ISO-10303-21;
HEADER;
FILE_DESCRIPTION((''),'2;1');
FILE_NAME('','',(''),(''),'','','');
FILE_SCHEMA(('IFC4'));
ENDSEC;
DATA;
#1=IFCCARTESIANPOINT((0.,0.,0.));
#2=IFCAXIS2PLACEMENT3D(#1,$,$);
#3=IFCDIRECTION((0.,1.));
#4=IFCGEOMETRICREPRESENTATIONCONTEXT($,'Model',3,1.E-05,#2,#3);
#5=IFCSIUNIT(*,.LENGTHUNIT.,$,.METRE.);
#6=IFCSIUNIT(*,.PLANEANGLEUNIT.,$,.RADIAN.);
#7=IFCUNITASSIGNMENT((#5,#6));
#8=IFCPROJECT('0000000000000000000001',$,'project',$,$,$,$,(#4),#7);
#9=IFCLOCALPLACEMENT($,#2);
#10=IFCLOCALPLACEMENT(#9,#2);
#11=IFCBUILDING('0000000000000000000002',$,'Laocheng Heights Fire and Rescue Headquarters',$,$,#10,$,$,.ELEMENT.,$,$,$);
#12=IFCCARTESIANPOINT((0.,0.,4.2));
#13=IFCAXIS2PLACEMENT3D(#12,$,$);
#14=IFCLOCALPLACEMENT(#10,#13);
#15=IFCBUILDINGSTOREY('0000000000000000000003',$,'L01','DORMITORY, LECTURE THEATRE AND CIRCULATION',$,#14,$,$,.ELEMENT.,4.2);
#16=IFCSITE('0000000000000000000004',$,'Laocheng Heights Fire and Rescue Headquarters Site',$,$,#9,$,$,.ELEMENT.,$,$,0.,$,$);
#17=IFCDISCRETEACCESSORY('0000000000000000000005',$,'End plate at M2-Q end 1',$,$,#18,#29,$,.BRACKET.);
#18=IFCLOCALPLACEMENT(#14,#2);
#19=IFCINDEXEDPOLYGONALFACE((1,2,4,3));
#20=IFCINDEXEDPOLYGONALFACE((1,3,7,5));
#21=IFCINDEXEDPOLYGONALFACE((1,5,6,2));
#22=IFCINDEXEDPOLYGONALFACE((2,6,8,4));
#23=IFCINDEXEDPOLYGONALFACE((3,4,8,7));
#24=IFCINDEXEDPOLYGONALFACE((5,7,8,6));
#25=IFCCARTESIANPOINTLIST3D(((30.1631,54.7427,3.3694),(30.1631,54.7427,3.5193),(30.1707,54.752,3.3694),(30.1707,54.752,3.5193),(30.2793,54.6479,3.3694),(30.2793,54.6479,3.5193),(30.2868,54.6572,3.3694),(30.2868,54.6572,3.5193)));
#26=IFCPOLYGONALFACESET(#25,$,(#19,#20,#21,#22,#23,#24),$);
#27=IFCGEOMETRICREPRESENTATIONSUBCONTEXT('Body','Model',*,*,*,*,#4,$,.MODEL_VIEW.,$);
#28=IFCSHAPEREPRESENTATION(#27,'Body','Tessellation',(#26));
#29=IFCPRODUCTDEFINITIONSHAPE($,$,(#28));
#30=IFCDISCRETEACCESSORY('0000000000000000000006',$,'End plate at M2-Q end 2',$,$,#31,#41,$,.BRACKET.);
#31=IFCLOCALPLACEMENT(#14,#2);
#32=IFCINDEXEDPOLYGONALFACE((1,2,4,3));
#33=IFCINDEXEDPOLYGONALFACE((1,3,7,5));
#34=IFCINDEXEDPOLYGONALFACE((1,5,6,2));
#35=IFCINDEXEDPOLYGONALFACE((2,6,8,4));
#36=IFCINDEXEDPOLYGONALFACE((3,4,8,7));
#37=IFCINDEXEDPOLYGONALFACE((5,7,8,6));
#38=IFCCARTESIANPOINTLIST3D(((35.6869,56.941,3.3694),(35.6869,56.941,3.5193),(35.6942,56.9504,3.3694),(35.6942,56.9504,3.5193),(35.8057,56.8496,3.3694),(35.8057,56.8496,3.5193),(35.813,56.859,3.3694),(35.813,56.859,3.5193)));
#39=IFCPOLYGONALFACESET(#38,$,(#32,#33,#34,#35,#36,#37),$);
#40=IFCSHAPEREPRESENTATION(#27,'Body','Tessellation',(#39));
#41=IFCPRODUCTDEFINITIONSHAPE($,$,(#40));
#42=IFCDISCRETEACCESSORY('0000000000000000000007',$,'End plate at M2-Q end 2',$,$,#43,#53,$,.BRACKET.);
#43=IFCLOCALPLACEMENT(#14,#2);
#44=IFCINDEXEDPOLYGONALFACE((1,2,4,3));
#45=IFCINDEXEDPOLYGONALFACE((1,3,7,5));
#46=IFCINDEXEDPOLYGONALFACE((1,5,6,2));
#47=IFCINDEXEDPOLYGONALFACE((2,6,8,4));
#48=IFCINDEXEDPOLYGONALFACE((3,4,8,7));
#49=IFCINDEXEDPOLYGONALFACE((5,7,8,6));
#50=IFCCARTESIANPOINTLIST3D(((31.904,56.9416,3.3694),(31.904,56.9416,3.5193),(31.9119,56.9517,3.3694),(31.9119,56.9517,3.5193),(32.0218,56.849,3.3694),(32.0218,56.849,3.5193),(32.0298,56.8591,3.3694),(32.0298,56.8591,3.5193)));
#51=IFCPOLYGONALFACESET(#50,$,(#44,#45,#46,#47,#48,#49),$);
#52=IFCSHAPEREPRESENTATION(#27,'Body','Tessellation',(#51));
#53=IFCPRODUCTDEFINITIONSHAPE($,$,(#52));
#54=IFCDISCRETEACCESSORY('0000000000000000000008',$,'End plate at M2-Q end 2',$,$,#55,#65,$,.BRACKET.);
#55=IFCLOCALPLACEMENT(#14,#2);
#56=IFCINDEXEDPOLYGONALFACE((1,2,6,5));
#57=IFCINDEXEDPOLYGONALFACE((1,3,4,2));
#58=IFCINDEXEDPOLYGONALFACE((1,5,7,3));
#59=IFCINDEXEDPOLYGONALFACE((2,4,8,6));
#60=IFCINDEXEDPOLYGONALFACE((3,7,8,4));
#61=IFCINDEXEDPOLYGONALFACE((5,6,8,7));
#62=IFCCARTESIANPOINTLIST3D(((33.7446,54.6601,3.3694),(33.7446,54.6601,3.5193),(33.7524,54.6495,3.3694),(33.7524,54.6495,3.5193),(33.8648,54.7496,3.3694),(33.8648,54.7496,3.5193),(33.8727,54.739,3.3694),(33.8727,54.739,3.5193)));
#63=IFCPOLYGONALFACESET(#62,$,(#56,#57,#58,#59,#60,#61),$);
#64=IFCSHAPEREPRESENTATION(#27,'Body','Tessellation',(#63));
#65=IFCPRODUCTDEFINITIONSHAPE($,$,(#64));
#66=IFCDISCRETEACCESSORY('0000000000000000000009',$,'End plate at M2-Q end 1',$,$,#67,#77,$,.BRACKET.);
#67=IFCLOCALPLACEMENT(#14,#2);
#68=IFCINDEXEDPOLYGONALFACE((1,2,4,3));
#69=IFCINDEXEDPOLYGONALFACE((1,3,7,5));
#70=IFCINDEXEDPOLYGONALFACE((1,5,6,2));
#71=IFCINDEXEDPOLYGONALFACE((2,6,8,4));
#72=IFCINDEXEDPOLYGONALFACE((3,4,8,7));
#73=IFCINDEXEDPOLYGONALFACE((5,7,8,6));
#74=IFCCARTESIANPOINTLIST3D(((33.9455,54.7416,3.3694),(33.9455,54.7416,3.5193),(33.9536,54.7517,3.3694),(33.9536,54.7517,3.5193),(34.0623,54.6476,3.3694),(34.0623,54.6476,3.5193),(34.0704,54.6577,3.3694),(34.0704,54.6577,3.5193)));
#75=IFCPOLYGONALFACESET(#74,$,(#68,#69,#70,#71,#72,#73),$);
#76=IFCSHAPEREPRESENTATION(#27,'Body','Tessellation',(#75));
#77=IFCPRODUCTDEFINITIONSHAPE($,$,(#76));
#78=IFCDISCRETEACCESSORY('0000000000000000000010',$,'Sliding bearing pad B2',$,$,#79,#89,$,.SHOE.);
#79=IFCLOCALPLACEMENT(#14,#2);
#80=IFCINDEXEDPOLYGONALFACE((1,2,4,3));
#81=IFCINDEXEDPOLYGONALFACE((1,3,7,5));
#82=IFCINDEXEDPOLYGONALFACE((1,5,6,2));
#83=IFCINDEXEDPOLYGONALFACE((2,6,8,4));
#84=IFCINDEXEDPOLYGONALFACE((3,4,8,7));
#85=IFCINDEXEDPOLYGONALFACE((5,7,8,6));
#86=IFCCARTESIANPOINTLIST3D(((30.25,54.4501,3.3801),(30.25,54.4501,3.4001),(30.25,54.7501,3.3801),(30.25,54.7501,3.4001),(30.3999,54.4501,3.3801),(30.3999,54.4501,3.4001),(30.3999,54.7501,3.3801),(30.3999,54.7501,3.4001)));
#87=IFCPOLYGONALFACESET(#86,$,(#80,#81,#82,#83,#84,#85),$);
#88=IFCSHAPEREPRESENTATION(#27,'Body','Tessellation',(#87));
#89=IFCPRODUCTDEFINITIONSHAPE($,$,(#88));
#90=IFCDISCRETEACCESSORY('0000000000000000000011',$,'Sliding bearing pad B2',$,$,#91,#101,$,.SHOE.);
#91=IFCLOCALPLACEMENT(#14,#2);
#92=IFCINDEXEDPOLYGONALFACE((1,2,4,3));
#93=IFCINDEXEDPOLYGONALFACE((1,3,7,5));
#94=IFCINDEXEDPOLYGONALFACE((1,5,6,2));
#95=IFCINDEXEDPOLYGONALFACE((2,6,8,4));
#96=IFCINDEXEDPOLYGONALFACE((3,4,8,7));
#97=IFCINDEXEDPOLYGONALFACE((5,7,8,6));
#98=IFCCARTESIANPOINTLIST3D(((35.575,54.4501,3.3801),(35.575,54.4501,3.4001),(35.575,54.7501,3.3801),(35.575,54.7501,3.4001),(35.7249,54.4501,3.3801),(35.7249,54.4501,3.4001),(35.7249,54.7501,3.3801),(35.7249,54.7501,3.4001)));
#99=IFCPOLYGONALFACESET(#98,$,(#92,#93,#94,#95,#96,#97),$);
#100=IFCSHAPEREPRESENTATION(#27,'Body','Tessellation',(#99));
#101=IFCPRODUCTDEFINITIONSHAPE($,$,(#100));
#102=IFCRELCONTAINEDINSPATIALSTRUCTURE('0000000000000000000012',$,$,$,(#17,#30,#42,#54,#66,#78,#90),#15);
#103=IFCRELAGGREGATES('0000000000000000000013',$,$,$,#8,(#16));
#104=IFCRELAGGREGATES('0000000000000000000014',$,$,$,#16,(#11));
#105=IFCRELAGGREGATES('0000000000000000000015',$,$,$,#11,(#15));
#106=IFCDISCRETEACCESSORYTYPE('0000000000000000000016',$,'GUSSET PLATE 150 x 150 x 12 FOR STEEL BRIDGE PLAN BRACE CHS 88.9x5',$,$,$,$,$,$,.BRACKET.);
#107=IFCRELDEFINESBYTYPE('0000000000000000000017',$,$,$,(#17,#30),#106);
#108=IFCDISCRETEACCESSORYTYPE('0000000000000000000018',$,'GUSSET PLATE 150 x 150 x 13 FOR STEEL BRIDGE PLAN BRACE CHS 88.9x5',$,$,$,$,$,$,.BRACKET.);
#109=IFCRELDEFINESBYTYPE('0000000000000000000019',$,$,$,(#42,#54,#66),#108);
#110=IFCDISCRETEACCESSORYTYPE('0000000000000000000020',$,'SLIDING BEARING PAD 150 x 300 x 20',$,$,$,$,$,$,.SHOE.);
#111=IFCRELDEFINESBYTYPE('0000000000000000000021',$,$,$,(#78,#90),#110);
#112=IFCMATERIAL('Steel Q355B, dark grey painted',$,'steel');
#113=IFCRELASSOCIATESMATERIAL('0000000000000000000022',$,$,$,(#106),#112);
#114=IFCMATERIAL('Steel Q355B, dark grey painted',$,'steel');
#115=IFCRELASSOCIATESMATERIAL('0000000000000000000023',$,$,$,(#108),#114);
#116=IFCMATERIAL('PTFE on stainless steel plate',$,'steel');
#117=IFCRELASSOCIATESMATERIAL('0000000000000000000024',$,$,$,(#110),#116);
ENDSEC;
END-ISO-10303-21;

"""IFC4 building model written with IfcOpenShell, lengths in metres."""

from ifc_helpers import new_model, si_unit, direction, frame, origin, origin_2d, place, context, subcontext, project, spatial, rectangle, extrude, material, material_profile, profile_set, type_object, element, save


model = new_model("IFC4")

# Units and contexts
model_context = context("Model", 3, precision=1e-05, world=origin(), true_north=direction((0.0, 1.0)))
body_context = subcontext(model_context, "Body", "Model", "MODEL_VIEW")
ifc_project = project(units=[si_unit("LENGTHUNIT", "METRE"), si_unit("PLANEANGLEUNIT", "RADIAN")], contexts=[model_context])

# Site, building, storey
site_placement = place(None, origin())
site = spatial("IfcSite", under=ifc_project, at=site_placement, Name="Laocheng Heights Fire and Rescue Headquarters Site", CompositionType="ELEMENT", RefElevation=0.0)
building_placement = place(site_placement, origin())
building = spatial("IfcBuilding", under=site, at=building_placement, Name="Laocheng Heights Fire and Rescue Headquarters", CompositionType="ELEMENT")
storey_placement = place(building_placement, frame((0.0, 0.0, 4.2)))
storey = spatial("IfcBuildingStorey", under=building, at=storey_placement, Name="L01", Description="DORMITORY, LECTURE THEATRE AND CIRCULATION", CompositionType="ELEMENT", Elevation=4.2)

# Discrete accessories
ifc_material_1 = material(Name="Steel Q355B, dark grey painted", Category="steel")
ifc_material_profile_1 = material_profile(ifc_material_1, rectangle(XDim=0.1499, YDim=0.1499, at=origin_2d()), Name="GUSSET PLATE 150 x 150 x 12 FOR STEEL BRIDGE PLAN BRACE CHS 88.9x5")
ifc_profile_set_1 = profile_set([ifc_material_profile_1], Name="Steel Q355B, dark grey painted")
discrete_accessory_type_1 = type_object("IfcDiscreteAccessoryType", Name="GUSSET PLATE 150 x 150 x 12 FOR STEEL BRIDGE PLAN BRACE CHS 88.9x5", PredefinedType="BRACKET", material=ifc_profile_set_1)
for number, where, z_axis, x_axis, name in (
    (1, (30.2212, 54.6953, 3.4443), (0.632127, 0.774865, 0.0), (-0.774865, 0.632127, 0.0), "End plate at M2-Q end 1"),
    (2, (35.7463, 56.8953, 3.4443), (0.609711, 0.792624, 0.0), (-0.792624, 0.609711, 0.0), "End plate at M2-Q end 2"),
):
    element("IfcDiscreteAccessory", number, at=place(storey_placement, frame(where, z_axis=z_axis, x_axis=x_axis)), inside=storey, type_object=discrete_accessory_type_1, Name=name, PredefinedType="BRACKET", context=body_context, shape_type="SweptSolid", body=[
        extrude(rectangle(XDim=0.1499, YDim=0.1499, at=origin_2d()), origin(), (0.0, 0.0, 1.0), 0.012),
    ])
ifc_material_2 = material(Name="Steel Q355B, dark grey painted", Category="steel")
ifc_material_profile_2 = material_profile(ifc_material_2, rectangle(XDim=0.1499, YDim=0.1499, at=origin_2d()), Name="GUSSET PLATE 150 x 150 x 13 FOR STEEL BRIDGE PLAN BRACE CHS 88.9x5")
ifc_profile_set_2 = profile_set([ifc_material_profile_2], Name="Steel Q355B, dark grey painted")
discrete_accessory_type_2 = type_object("IfcDiscreteAccessoryType", Name="GUSSET PLATE 150 x 150 x 13 FOR STEEL BRIDGE PLAN BRACE CHS 88.9x5", PredefinedType="BRACKET", material=ifc_profile_set_2)
discrete_accessory_1_placement = place(storey_placement, frame((31.9629, 56.8953, 3.4443), z_axis=(0.617822, 0.786318, 0.0), x_axis=(-0.786318, 0.617822, 0.0)))
element("IfcDiscreteAccessory", 3, at=discrete_accessory_1_placement, inside=storey, type_object=discrete_accessory_type_2, Name="End plate at M2-Q end 2", PredefinedType="BRACKET", context=body_context, shape_type="SweptSolid", body=[
    extrude(rectangle(XDim=0.1499, YDim=0.1499, at=origin_2d()), origin(), (0.0, 0.0, 1.0), 0.0129),
])
discrete_accessory_2_placement = place(storey_placement, frame((33.8047, 54.7048, 3.4443), z_axis=(0.597011, -0.802233, 0.0), x_axis=(0.802233, 0.597011, 0.0)))
element("IfcDiscreteAccessory", 4, at=discrete_accessory_2_placement, inside=storey, type_object=discrete_accessory_type_2, Name="End plate at M2-Q end 2", PredefinedType="BRACKET", context=body_context, shape_type="SweptSolid", body=[
    extrude(rectangle(XDim=0.1499, YDim=0.1499, at=origin_2d()), origin(), (0.0, 0.0, 1.0), 0.0132),
])
discrete_accessory_3_placement = place(storey_placement, frame((34.0039, 54.6946, 3.4443), z_axis=(0.627009, 0.779012, 0.0), x_axis=(-0.779012, 0.627009, 0.0)))
element("IfcDiscreteAccessory", 5, at=discrete_accessory_3_placement, inside=storey, type_object=discrete_accessory_type_2, Name="End plate at M2-Q end 1", PredefinedType="BRACKET", context=body_context, shape_type="SweptSolid", body=[
    extrude(rectangle(XDim=0.1499, YDim=0.1499, at=origin_2d()), origin(), (0.0, 0.0, 1.0), 0.0129),
])
ifc_material_3 = material(Name="PTFE on stainless steel plate", Category="steel")
discrete_accessory_type_3 = type_object("IfcDiscreteAccessoryType", Name="SLIDING BEARING PAD 150 x 300 x 20", PredefinedType="SHOE", material=ifc_material_3)
for number, where, z_axis, x_axis, name in (
    (6, (30.325, 54.6001, 3.3801), (0.0, 0.0, 1.0), (1.0, 0.0, 0.0), "Sliding bearing pad B2"),
    (7, (35.6499, 54.6001, 3.3801), (0.0, 0.0, 1.0), (1.0, 0.0, 0.0), "Sliding bearing pad B2"),
):
    element("IfcDiscreteAccessory", number, at=place(storey_placement, frame(where, z_axis=z_axis, x_axis=x_axis)), inside=storey, type_object=discrete_accessory_type_3, Name=name, PredefinedType="SHOE", context=body_context, shape_type="SweptSolid", body=[
        extrude(rectangle(XDim=0.1499, YDim=0.3, at=origin_2d()), origin(), (0.0, 0.0, 1.0), 0.02),
    ])

save(model, "model.ifc")
